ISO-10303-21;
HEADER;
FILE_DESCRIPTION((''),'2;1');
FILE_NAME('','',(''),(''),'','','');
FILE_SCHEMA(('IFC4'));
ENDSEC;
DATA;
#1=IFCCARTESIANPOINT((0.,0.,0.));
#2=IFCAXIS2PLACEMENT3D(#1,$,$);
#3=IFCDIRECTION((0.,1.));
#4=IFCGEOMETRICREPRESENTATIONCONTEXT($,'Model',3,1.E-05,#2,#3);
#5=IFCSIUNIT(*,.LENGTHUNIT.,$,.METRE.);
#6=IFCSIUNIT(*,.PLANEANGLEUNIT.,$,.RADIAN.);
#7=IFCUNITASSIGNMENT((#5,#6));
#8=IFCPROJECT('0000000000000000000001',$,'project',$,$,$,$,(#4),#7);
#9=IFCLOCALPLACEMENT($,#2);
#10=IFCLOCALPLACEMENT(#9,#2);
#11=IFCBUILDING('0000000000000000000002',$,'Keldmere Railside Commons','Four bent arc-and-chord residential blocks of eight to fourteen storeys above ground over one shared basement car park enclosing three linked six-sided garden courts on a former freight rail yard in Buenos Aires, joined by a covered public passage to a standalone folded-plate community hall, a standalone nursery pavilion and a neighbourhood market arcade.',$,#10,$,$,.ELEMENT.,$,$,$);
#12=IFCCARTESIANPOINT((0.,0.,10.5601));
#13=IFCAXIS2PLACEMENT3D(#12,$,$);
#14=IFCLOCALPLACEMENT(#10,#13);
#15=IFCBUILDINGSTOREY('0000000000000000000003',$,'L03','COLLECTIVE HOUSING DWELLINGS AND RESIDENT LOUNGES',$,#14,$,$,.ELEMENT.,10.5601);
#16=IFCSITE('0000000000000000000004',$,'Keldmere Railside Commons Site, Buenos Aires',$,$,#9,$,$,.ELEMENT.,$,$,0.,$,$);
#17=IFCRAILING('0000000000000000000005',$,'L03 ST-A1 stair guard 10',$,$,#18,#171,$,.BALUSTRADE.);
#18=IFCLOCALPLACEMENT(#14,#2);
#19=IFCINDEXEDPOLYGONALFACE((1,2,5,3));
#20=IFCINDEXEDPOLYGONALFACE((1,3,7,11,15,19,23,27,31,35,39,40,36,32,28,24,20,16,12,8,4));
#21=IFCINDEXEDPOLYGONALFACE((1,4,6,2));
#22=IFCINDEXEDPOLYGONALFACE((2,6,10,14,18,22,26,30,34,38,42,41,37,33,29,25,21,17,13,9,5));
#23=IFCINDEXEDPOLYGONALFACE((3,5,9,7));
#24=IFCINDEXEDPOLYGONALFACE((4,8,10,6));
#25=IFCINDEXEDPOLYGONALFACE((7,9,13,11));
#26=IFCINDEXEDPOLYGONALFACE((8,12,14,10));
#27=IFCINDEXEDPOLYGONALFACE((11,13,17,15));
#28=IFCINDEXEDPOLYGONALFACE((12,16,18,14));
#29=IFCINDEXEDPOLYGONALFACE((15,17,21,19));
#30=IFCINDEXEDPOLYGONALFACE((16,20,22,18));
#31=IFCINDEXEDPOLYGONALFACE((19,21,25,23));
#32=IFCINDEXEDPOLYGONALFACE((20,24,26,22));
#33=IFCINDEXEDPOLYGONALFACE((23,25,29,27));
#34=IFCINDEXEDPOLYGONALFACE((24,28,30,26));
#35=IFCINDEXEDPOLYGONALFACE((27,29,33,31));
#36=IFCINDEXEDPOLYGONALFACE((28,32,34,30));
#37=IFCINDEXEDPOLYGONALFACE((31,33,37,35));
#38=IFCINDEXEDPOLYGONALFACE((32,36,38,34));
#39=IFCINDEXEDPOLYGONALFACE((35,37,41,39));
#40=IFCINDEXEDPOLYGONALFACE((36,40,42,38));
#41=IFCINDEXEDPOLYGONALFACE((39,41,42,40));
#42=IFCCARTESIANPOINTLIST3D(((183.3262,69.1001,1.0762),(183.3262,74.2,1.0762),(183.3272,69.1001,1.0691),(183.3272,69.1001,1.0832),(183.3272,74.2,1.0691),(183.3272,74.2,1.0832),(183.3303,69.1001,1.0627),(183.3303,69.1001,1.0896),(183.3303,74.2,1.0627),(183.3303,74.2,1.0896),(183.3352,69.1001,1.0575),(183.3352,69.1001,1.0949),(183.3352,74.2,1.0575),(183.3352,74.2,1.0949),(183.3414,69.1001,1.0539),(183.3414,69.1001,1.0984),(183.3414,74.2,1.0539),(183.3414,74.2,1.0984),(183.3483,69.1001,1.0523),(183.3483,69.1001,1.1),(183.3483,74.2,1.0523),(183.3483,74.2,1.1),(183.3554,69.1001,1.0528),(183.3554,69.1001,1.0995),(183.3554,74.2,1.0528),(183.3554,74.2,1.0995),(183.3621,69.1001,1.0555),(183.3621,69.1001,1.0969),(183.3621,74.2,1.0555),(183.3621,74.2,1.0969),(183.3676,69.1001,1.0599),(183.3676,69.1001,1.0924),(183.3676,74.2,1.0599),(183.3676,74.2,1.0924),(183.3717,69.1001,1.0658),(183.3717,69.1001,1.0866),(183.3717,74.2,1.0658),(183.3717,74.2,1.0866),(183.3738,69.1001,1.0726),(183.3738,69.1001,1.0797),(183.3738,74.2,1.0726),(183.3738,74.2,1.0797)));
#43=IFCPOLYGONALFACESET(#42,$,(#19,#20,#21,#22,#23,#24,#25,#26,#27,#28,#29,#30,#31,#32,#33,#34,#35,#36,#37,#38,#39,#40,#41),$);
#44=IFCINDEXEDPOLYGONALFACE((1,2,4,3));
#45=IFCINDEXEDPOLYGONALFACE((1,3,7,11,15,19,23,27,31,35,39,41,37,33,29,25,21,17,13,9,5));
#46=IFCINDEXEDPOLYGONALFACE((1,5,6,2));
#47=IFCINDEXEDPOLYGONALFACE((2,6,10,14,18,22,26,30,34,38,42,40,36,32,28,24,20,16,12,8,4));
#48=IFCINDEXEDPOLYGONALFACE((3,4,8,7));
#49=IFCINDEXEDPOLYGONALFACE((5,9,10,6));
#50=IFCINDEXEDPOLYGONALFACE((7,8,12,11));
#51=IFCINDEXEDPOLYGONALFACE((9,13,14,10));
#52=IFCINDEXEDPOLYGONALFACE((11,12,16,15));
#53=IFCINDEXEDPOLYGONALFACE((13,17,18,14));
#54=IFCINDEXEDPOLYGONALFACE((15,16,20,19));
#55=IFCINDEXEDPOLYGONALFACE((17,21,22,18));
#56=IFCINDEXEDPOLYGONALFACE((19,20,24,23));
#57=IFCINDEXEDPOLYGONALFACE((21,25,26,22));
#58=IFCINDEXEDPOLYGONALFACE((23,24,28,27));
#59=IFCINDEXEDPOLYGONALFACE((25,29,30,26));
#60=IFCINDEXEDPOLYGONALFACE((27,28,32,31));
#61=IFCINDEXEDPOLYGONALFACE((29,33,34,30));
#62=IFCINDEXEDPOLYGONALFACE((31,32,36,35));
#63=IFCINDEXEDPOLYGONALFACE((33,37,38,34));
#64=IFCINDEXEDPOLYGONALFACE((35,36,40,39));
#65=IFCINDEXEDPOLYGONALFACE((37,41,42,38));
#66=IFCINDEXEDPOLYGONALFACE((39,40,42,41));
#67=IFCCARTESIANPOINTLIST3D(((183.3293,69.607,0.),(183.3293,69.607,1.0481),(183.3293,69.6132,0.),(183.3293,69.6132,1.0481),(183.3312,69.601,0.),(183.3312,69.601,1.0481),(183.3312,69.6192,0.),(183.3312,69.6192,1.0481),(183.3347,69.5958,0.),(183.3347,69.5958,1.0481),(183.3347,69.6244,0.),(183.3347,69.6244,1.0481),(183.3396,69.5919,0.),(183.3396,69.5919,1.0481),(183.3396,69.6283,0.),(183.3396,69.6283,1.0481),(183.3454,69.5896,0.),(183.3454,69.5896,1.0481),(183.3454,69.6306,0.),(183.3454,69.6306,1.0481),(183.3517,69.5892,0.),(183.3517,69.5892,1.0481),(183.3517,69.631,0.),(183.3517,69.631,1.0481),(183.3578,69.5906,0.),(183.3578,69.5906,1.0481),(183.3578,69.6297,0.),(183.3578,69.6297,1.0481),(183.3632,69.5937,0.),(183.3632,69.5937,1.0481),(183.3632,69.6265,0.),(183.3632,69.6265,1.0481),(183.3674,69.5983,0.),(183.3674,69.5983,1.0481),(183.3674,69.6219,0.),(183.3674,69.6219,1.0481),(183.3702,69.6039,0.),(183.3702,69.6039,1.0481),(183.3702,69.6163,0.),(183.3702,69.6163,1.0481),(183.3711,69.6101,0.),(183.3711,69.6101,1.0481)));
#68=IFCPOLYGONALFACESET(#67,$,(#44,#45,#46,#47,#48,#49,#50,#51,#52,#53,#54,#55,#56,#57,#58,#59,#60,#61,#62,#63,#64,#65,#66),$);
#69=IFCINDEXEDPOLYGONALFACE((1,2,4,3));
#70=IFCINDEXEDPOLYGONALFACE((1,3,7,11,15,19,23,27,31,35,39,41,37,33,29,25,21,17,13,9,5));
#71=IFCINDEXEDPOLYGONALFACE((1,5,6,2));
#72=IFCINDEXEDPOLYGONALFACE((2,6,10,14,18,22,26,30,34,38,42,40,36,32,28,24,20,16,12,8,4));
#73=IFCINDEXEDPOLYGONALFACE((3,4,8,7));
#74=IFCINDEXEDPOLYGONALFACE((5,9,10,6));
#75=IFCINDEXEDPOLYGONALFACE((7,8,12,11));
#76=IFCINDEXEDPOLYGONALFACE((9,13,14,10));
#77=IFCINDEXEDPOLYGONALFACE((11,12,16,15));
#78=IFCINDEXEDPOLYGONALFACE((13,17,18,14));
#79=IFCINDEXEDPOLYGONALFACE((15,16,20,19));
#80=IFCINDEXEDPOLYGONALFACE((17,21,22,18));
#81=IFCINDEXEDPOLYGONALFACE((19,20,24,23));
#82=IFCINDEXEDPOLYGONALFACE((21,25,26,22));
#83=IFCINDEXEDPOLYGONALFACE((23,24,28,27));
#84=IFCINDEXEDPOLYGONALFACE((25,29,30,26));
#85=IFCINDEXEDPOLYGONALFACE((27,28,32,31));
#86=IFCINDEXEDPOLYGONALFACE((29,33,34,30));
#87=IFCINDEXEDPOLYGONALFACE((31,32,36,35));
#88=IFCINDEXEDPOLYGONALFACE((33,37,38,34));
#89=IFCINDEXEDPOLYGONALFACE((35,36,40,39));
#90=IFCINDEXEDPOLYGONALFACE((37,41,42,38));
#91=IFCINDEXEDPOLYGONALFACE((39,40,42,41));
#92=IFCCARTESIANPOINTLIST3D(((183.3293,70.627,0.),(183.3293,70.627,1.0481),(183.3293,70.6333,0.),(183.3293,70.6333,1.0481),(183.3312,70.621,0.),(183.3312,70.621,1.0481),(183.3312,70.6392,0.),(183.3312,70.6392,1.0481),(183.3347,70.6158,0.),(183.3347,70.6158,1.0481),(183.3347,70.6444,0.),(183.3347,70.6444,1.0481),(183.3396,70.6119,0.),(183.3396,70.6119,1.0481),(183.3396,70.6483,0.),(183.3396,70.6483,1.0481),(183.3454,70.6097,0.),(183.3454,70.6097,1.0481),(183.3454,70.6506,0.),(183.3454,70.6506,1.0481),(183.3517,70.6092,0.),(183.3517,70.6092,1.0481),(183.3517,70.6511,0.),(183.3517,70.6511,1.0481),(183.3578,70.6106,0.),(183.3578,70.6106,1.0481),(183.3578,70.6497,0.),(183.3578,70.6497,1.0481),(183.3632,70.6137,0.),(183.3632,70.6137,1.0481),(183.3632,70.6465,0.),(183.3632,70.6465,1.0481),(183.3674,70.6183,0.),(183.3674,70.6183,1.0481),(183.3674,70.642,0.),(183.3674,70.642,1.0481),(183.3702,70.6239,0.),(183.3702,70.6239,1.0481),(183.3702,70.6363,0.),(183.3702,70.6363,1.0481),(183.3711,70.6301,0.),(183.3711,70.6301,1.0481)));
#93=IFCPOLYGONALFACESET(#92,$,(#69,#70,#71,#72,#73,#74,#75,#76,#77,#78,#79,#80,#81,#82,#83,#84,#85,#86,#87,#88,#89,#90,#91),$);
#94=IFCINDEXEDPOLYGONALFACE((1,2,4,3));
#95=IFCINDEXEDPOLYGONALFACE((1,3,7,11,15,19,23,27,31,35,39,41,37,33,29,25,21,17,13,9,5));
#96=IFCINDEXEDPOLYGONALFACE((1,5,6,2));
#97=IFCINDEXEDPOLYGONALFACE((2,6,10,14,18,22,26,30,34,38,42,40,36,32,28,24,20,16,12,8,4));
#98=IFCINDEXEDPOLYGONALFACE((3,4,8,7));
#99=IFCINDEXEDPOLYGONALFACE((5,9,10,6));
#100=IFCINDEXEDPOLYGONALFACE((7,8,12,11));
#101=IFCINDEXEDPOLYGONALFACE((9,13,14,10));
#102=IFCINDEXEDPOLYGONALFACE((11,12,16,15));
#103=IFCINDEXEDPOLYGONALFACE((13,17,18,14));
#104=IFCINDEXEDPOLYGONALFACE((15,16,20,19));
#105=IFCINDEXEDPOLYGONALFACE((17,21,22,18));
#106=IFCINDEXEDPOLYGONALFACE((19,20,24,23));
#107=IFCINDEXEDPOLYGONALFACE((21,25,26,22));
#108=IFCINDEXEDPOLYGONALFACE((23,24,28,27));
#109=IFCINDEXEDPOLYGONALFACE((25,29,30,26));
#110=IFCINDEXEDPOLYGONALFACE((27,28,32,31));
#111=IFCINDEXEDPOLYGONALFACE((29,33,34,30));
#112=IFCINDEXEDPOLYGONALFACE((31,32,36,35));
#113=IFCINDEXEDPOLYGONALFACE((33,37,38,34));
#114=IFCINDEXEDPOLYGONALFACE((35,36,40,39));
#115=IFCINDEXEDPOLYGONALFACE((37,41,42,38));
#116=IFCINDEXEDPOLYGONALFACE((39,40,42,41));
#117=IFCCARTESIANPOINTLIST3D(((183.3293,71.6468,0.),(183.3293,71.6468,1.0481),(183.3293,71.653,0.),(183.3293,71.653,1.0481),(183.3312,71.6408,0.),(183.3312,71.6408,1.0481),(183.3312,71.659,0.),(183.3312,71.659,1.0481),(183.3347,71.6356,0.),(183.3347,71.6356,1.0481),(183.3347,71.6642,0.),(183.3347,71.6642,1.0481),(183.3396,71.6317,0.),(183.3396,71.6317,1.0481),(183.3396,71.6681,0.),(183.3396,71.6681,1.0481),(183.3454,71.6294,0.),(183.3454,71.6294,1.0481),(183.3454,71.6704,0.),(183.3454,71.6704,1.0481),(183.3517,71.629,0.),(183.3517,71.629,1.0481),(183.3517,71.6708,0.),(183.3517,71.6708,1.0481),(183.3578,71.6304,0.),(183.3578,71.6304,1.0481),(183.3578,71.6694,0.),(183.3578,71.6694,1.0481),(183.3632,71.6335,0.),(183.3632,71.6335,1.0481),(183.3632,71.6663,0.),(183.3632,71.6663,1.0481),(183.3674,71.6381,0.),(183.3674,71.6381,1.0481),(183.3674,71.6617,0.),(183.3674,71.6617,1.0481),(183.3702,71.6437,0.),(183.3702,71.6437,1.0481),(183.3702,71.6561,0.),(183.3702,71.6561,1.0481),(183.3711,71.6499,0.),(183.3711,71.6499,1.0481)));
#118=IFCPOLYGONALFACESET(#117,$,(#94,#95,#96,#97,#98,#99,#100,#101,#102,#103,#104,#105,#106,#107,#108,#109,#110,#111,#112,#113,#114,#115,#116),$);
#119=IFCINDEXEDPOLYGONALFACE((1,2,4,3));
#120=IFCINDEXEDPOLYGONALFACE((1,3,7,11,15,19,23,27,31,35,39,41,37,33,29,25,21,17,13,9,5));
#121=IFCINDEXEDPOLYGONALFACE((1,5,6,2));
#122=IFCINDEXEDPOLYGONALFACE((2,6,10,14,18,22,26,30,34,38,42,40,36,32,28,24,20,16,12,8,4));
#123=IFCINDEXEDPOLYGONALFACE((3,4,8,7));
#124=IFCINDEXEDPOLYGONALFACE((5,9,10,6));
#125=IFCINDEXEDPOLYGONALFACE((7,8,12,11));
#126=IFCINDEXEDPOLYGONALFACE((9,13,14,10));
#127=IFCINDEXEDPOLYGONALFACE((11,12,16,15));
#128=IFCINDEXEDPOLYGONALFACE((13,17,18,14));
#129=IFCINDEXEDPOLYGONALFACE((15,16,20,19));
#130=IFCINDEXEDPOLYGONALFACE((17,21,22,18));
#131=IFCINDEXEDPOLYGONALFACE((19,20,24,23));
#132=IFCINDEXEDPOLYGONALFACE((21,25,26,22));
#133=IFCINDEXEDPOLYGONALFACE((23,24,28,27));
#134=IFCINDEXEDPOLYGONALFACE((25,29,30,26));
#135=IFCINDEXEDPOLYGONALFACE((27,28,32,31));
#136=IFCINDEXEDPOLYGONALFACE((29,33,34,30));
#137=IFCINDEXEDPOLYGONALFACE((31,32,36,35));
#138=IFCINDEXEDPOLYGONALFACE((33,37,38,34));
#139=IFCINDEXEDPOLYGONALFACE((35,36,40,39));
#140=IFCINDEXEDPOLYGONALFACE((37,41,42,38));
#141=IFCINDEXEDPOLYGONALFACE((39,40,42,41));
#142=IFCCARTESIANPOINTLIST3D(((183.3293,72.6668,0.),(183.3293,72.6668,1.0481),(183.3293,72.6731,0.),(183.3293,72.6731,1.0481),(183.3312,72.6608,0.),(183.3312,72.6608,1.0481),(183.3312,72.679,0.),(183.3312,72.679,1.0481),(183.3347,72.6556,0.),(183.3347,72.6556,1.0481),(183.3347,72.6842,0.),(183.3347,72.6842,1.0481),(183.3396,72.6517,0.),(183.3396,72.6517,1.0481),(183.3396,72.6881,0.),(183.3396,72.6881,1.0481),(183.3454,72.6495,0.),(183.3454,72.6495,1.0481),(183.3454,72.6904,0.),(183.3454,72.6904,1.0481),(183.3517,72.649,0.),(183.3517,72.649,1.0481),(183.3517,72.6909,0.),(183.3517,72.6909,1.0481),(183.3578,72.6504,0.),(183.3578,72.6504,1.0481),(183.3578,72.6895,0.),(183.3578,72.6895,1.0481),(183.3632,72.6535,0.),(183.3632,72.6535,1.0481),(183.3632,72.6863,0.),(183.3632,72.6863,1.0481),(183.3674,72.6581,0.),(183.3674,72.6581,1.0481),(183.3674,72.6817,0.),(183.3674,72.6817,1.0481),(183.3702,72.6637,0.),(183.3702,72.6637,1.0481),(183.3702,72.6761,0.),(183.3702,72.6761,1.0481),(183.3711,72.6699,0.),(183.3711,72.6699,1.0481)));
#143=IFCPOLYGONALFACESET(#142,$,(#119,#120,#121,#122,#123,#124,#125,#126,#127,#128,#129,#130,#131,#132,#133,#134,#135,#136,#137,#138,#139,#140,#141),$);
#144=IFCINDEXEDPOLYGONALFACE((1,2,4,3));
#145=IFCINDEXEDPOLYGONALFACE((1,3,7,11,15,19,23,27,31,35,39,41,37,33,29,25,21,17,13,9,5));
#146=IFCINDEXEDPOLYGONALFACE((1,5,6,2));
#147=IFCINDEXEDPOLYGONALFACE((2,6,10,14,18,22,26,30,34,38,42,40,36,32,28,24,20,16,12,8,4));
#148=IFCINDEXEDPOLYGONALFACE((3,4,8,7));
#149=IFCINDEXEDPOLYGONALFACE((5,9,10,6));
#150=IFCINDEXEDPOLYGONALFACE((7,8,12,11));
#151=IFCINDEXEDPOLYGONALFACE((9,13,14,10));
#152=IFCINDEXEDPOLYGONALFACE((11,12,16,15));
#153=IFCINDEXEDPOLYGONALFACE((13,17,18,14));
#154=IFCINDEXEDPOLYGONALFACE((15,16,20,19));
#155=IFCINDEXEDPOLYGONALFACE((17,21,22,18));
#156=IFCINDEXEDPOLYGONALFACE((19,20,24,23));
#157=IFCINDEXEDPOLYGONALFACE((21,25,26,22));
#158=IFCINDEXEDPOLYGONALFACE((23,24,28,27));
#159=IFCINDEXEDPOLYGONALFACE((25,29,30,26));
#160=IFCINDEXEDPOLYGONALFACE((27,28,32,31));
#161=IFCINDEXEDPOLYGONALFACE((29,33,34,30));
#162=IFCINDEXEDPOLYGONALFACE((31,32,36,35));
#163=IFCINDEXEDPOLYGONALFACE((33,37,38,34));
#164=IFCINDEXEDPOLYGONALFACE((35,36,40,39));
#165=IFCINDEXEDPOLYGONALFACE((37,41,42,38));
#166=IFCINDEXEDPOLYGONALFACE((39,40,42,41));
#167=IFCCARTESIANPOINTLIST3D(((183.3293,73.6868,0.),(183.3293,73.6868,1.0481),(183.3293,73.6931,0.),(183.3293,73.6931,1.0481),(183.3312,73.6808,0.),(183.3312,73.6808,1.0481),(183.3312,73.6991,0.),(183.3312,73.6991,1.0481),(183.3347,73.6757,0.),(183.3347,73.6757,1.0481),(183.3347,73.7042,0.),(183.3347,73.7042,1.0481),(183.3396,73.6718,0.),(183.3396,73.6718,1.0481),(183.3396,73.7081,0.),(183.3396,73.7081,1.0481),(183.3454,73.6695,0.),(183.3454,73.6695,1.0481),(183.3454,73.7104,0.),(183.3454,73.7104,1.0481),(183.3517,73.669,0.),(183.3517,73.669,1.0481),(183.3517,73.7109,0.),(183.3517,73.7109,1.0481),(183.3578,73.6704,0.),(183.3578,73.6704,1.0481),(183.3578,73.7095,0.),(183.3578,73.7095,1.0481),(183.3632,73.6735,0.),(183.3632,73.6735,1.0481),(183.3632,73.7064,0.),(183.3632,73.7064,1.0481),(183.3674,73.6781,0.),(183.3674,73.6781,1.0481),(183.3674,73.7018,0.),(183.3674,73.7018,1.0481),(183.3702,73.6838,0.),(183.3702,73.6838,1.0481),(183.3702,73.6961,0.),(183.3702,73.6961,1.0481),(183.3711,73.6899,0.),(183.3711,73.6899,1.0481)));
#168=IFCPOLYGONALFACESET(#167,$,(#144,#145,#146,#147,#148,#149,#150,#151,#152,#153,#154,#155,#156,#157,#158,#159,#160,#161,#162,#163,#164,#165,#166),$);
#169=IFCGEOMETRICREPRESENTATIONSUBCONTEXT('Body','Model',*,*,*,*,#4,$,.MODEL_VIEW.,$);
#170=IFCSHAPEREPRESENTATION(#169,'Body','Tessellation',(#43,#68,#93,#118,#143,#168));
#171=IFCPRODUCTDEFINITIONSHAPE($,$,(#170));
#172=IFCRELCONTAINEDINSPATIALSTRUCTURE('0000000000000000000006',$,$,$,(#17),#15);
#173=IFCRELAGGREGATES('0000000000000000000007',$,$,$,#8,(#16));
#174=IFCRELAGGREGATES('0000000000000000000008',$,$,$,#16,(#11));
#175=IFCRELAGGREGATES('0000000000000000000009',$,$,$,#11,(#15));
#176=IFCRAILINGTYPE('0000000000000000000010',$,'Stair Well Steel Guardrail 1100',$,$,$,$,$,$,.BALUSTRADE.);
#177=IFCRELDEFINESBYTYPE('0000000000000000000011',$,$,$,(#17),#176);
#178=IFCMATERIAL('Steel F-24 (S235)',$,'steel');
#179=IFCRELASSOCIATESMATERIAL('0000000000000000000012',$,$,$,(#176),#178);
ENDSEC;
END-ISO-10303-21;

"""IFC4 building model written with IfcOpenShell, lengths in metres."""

from ifc_helpers import new_model, si_unit, direction, frame, origin, origin_2d, place, context, subcontext, project, spatial, circle, extrude, material, type_object, element, save


model = new_model("IFC4")

# Units and contexts
model_context = context("Model", 3, precision=1e-05, world=origin(), true_north=direction((0.0, 1.0)))
body_context = subcontext(model_context, "Body", "Model", "MODEL_VIEW")
ifc_project = project(units=[si_unit("LENGTHUNIT", "METRE"), si_unit("PLANEANGLEUNIT", "RADIAN")], contexts=[model_context])

# Site, building, storey
site_placement = place(None, origin())
site = spatial("IfcSite", under=ifc_project, at=site_placement, Name="Keldmere Railside Commons Site, Buenos Aires", CompositionType="ELEMENT", RefElevation=0.0)
building_placement = place(site_placement, origin())
building = spatial("IfcBuilding", under=site, at=building_placement, Name="Keldmere Railside Commons", Description="Four bent arc-and-chord residential blocks of eight to fourteen storeys above ground over one shared basement car park enclosing three linked six-sided garden courts on a former freight rail yard in Buenos Aires, joined by a covered public passage to a standalone folded-plate community hall, a standalone nursery pavilion and a neighbourhood market arcade.", CompositionType="ELEMENT")
storey_placement = place(building_placement, frame((0.0, 0.0, 10.5601)))
storey = spatial("IfcBuildingStorey", under=building, at=storey_placement, Name="L03", Description="COLLECTIVE HOUSING DWELLINGS AND RESIDENT LOUNGES", CompositionType="ELEMENT", Elevation=10.5601)

# Railing
ifc_material_1 = material(Name="Steel F-24 (S235)", Category="steel")
railing_type_1 = type_object("IfcRailingType", Name="Stair Well Steel Guardrail 1100", PredefinedType="BALUSTRADE", material=ifc_material_1)
for number, where, name in (
    (1, (183.3501, 69.1001, 0.0), "L03 ST-A1 stair guard 10"),
):
    element("IfcRailing", number, at=place(storey_placement, frame(where)), inside=storey, type_object=railing_type_1, Name=name, PredefinedType="BALUSTRADE", context=body_context, shape_type="SweptSolid", body=[
        extrude(circle(Radius=0.0239, at=origin_2d()), frame((0.0, 0.0, 1.0762), z_axis=(0.0, 1.0, 0.0), x_axis=(-1.0, 0.0, 0.0)), (0.0, 0.0, 1.0), 5.0999),
        extrude(circle(Radius=0.021, at=origin_2d()), frame((0.0, 0.51, 0.0)), (0.0, 0.0, 1.0), 1.0481),
        extrude(circle(Radius=0.021, at=origin_2d()), frame((0.0, 1.53, 0.0)), (0.0, 0.0, 1.0), 1.0481),
        extrude(circle(Radius=0.021, at=origin_2d()), frame((0.0, 2.5498, 0.0)), (0.0, 0.0, 1.0), 1.0481),
        extrude(circle(Radius=0.021, at=origin_2d()), frame((0.0, 3.5698, 0.0)), (0.0, 0.0, 1.0), 1.0481),
        extrude(circle(Radius=0.021, at=origin_2d()), frame((0.0, 4.5898, 0.0)), (0.0, 0.0, 1.0), 1.0481),
    ])

save(model, "model.ifc")
